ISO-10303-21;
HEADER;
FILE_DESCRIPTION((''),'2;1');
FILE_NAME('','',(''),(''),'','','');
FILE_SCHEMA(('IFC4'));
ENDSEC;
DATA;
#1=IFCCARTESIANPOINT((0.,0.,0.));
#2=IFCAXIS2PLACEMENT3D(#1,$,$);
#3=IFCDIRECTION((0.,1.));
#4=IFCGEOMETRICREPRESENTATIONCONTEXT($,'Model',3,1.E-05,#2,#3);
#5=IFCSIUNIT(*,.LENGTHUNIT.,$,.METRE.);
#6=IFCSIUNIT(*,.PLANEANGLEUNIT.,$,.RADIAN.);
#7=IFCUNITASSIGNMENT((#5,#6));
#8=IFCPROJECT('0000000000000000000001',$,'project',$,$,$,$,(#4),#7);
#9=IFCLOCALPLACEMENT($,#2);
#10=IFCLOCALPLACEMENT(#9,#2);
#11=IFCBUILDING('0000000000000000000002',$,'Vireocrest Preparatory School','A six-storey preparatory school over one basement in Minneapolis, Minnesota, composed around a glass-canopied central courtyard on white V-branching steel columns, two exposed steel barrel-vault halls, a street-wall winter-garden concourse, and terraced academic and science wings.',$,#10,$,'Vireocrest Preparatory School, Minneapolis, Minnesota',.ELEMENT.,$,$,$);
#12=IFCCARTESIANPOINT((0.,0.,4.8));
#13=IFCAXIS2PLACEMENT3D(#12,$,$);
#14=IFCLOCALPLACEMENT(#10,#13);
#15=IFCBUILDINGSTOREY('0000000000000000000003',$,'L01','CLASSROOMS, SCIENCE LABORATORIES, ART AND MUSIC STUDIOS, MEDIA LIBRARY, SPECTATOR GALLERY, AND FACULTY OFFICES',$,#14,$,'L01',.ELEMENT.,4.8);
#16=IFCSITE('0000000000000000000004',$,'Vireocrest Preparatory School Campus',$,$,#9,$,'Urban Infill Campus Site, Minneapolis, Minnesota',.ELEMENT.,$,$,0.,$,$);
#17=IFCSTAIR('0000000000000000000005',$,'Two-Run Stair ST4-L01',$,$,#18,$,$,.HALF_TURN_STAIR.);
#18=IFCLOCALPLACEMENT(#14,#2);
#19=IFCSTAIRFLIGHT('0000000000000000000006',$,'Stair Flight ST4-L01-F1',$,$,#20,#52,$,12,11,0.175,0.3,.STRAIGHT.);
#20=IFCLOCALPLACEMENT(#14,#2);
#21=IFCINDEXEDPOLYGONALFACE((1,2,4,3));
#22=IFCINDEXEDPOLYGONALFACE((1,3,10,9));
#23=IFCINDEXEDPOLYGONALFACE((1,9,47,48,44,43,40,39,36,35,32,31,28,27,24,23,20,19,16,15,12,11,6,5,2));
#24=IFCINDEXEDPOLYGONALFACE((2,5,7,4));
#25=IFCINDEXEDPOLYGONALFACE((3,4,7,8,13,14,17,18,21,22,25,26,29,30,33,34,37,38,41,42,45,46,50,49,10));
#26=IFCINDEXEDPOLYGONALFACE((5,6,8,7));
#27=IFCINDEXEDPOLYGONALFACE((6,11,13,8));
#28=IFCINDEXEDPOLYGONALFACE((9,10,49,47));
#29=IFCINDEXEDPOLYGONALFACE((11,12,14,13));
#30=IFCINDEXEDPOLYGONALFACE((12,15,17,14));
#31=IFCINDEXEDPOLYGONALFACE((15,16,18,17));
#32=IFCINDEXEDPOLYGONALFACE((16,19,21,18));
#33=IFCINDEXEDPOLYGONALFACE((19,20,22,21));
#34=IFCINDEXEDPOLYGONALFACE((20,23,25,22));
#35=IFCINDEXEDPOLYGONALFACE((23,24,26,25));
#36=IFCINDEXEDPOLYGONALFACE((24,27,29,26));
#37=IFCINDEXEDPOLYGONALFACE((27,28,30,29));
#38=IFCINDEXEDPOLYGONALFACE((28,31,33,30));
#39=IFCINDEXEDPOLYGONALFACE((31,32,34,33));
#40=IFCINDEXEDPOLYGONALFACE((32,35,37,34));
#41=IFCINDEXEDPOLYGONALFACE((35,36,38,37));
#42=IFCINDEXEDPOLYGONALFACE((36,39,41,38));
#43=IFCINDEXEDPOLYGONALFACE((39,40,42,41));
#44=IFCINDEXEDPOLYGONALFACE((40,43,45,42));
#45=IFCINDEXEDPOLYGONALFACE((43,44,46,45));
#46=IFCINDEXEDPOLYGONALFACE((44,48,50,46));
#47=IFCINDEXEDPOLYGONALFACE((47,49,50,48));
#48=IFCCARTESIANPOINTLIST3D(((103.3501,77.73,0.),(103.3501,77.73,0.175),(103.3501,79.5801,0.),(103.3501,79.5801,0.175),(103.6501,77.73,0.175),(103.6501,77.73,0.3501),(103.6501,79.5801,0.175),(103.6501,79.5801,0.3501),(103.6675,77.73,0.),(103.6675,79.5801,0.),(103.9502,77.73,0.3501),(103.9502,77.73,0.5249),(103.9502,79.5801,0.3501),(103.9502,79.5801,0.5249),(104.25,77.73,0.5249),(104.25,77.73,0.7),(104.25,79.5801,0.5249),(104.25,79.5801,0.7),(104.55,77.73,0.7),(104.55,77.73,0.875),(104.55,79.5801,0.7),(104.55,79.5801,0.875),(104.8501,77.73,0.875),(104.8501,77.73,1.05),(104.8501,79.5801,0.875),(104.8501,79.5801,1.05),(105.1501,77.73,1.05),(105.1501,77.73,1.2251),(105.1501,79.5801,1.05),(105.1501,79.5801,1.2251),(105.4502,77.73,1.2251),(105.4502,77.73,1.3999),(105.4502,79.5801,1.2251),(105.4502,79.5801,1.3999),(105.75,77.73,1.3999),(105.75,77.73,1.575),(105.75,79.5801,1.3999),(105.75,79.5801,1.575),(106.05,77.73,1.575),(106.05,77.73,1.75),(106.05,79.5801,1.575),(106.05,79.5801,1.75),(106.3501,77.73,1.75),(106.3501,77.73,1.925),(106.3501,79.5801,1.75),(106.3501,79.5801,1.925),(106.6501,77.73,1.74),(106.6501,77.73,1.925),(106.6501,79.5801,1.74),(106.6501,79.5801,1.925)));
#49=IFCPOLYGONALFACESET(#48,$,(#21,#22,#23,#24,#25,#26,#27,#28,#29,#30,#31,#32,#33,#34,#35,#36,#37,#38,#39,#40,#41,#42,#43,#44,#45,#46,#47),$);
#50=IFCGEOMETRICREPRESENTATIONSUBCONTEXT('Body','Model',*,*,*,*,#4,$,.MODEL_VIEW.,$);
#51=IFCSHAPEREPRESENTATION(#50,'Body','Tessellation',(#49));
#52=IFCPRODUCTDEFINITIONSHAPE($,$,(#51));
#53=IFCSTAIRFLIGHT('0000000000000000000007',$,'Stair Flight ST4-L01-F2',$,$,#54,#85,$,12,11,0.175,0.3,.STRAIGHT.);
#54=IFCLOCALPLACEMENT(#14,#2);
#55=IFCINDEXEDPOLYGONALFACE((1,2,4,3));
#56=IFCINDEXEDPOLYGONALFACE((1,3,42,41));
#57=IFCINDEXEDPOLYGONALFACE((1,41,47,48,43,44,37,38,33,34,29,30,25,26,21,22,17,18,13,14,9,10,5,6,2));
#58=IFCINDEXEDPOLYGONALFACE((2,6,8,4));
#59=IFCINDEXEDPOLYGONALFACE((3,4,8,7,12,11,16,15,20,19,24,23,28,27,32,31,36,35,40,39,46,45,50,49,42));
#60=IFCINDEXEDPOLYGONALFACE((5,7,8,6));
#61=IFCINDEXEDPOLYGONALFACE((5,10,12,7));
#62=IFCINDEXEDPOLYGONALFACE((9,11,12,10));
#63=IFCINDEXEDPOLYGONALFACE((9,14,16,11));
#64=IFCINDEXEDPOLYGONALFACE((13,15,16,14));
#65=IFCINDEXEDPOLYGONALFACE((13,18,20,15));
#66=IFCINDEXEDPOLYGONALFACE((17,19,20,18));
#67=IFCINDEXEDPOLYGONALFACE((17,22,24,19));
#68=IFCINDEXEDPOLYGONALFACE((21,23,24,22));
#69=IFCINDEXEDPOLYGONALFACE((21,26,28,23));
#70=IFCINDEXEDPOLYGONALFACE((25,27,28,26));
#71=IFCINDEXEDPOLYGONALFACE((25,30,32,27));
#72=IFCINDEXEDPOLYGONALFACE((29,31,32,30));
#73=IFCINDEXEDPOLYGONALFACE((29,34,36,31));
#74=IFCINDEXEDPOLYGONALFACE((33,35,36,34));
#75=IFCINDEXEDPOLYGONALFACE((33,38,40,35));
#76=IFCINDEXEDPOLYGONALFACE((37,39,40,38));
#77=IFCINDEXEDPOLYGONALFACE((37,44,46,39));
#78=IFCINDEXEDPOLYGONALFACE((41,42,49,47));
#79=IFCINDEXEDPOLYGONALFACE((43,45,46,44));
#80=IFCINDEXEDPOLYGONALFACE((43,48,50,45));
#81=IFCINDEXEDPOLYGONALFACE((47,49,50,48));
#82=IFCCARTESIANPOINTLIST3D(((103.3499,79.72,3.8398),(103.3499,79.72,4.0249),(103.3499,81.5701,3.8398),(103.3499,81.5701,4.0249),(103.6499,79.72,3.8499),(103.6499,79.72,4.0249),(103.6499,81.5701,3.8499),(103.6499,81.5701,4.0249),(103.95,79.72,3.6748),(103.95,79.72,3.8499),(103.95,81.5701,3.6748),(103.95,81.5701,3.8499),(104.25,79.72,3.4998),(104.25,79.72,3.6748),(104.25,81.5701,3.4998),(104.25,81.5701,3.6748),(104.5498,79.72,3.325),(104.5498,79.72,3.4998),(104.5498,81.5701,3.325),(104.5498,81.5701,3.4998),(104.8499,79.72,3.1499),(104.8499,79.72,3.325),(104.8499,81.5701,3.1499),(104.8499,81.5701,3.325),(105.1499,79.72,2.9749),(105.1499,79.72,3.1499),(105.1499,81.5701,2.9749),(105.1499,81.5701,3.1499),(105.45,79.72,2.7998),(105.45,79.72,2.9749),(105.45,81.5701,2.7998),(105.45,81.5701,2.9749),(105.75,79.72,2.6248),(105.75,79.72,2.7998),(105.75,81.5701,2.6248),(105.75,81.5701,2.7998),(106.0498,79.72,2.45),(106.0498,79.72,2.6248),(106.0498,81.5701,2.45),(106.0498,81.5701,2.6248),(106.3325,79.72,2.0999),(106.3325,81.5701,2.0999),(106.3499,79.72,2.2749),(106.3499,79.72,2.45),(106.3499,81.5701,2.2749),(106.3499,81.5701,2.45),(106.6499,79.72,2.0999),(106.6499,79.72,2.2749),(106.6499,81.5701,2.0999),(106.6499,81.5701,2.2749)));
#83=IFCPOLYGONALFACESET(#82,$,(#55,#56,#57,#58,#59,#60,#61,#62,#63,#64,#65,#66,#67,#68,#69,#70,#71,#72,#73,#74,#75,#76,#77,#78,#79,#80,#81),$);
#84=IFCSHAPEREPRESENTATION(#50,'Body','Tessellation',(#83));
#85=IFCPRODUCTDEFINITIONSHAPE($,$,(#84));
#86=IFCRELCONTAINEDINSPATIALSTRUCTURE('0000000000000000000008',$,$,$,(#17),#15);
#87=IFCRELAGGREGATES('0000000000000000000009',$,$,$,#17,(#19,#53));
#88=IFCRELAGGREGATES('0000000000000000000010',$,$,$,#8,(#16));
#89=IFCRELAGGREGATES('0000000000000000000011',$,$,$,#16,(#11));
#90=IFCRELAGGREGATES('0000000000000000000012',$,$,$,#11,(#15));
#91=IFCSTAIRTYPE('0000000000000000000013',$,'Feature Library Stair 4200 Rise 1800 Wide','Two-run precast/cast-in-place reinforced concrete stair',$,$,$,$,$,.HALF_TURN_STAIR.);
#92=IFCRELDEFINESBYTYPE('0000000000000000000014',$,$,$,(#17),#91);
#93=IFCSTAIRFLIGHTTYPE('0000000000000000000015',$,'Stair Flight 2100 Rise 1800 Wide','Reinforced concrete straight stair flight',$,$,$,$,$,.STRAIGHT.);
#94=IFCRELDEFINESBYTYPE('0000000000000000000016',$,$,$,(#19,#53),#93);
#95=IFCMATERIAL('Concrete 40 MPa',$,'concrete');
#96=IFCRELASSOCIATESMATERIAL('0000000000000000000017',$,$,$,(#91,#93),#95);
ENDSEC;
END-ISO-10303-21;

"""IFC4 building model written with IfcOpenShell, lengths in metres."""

from ifc_helpers import new_model, si_unit, direction, frame, origin, place, context, subcontext, project, spatial, polyline, outline, extrude, material, type_object, element, aggregate, save


model = new_model("IFC4")

# Units and contexts
model_context = context("Model", 3, precision=1e-05, world=origin(), true_north=direction((0.0, 1.0)))
body_context = subcontext(model_context, "Body", "Model", "MODEL_VIEW")
ifc_project = project(units=[si_unit("LENGTHUNIT", "METRE"), si_unit("PLANEANGLEUNIT", "RADIAN")], contexts=[model_context])

# Site, building, storey
site_placement = place(None, origin())
site = spatial("IfcSite", under=ifc_project, at=site_placement, Name="Vireocrest Preparatory School Campus", LongName="Urban Infill Campus Site, Minneapolis, Minnesota", CompositionType="ELEMENT", RefElevation=0.0)
building_placement = place(site_placement, origin())
building = spatial("IfcBuilding", under=site, at=building_placement, Name="Vireocrest Preparatory School", Description="A six-storey preparatory school over one basement in Minneapolis, Minnesota, composed around a glass-canopied central courtyard on white V-branching steel columns, two exposed steel barrel-vault halls, a street-wall winter-garden concourse, and terraced academic and science wings.", LongName="Vireocrest Preparatory School, Minneapolis, Minnesota", CompositionType="ELEMENT")
storey_placement = place(building_placement, frame((0.0, 0.0, 4.8)))
storey = spatial("IfcBuildingStorey", under=building, at=storey_placement, Name="L01", Description="CLASSROOMS, SCIENCE LABORATORIES, ART AND MUSIC STUDIOS, MEDIA LIBRARY, SPECTATOR GALLERY, AND FACULTY OFFICES", LongName="L01", CompositionType="ELEMENT", Elevation=4.8)

# Shared definitions
ifc_material_1 = material(Name="Concrete 40 MPa", Category="concrete")

# Stair, stair flights
stair_type = type_object("IfcStairType", Name="Feature Library Stair 4200 Rise 1800 Wide", Description="Two-run precast/cast-in-place reinforced concrete stair", PredefinedType="HALF_TURN_STAIR", material=ifc_material_1)
stair_placement = place(storey_placement, origin())
stair = element("IfcStair", 1, at=stair_placement, inside=storey, type_object=stair_type, Name="Two-Run Stair ST4-L01", PredefinedType="HALF_TURN_STAIR")
stair_flight_type = type_object("IfcStairFlightType", Name="Stair Flight 2100 Rise 1800 Wide", Description="Reinforced concrete straight stair flight", PredefinedType="STRAIGHT", material=ifc_material_1)
stair_flight_1_placement = place(storey_placement, frame((103.3501, 78.655, 0.0), z_axis=(0.0, 0.0, 1.0), x_axis=(1.0, 0.0, 0.0)))
stair_flight_1 = element("IfcStairFlight", 2, at=stair_flight_1_placement, type_object=stair_flight_type, Name="Stair Flight ST4-L01-F1", NumberOfRisers=12, NumberOfTreads=11, PredefinedType="STRAIGHT", RiserHeight=0.175, TreadLength=0.3, context=body_context, shape_type="SweptSolid", body=[
    extrude(outline(polyline([(0.0, 0.0), (0.0, 0.175), (0.3, 0.175), (0.3, 0.3501), (0.6001, 0.3501), (0.6001, 0.5249), (0.8999, 0.5249), (0.8999, 0.7), (1.2, 0.7), (1.2, 0.875), (1.5, 0.875), (1.5, 1.05), (1.8, 1.05), (1.8, 1.2251), (2.1001, 1.2251), (2.1001, 1.3999), (2.3999, 1.3999), (2.3999, 1.575), (2.7, 1.575), (2.7, 1.75), (3.0, 1.75), (3.0, 1.925), (3.3, 1.925), (3.3, 2.1001), (3.3, 1.74), (0.3174, 0.0), (0.0, 0.0)])), frame((0.0, 0.925, 0.0), z_axis=(0.0, -1.0, 0.0), x_axis=(1.0, 0.0, 0.0)), (0.0, 0.0, 1.0), 1.8501),
])
stair_flight_2_placement = place(storey_placement, frame((106.6499, 80.645, 2.0999), z_axis=(0.0, 0.0, 1.0), x_axis=(-1.0, 0.0, 0.0)))
stair_flight_2 = element("IfcStairFlight", 3, at=stair_flight_2_placement, type_object=stair_flight_type, Name="Stair Flight ST4-L01-F2", NumberOfRisers=12, NumberOfTreads=11, PredefinedType="STRAIGHT", RiserHeight=0.175, TreadLength=0.3, context=body_context, shape_type="SweptSolid", body=[
    extrude(outline(polyline([(0.0, 0.0), (0.0, 0.175), (0.3, 0.175), (0.3, 0.3501), (0.6001, 0.3501), (0.6001, 0.5249), (0.8999, 0.5249), (0.8999, 0.7), (1.2, 0.7), (1.2, 0.875), (1.5, 0.875), (1.5, 1.05), (1.8, 1.05), (1.8, 1.2251), (2.1001, 1.2251), (2.1001, 1.3999), (2.3999, 1.3999), (2.3999, 1.575), (2.7, 1.575), (2.7, 1.75), (3.0, 1.75), (3.0, 1.925), (3.3, 1.925), (3.3, 2.1001), (3.3, 1.74), (0.3174, 0.0), (0.0, 0.0)])), frame((0.0, 0.925, 0.0), z_axis=(0.0, -1.0, 0.0), x_axis=(1.0, 0.0, 0.0)), (0.0, 0.0, 1.0), 1.8501),
])
aggregate(stair, [stair_flight_1, stair_flight_2])

save(model, "model.ifc")
